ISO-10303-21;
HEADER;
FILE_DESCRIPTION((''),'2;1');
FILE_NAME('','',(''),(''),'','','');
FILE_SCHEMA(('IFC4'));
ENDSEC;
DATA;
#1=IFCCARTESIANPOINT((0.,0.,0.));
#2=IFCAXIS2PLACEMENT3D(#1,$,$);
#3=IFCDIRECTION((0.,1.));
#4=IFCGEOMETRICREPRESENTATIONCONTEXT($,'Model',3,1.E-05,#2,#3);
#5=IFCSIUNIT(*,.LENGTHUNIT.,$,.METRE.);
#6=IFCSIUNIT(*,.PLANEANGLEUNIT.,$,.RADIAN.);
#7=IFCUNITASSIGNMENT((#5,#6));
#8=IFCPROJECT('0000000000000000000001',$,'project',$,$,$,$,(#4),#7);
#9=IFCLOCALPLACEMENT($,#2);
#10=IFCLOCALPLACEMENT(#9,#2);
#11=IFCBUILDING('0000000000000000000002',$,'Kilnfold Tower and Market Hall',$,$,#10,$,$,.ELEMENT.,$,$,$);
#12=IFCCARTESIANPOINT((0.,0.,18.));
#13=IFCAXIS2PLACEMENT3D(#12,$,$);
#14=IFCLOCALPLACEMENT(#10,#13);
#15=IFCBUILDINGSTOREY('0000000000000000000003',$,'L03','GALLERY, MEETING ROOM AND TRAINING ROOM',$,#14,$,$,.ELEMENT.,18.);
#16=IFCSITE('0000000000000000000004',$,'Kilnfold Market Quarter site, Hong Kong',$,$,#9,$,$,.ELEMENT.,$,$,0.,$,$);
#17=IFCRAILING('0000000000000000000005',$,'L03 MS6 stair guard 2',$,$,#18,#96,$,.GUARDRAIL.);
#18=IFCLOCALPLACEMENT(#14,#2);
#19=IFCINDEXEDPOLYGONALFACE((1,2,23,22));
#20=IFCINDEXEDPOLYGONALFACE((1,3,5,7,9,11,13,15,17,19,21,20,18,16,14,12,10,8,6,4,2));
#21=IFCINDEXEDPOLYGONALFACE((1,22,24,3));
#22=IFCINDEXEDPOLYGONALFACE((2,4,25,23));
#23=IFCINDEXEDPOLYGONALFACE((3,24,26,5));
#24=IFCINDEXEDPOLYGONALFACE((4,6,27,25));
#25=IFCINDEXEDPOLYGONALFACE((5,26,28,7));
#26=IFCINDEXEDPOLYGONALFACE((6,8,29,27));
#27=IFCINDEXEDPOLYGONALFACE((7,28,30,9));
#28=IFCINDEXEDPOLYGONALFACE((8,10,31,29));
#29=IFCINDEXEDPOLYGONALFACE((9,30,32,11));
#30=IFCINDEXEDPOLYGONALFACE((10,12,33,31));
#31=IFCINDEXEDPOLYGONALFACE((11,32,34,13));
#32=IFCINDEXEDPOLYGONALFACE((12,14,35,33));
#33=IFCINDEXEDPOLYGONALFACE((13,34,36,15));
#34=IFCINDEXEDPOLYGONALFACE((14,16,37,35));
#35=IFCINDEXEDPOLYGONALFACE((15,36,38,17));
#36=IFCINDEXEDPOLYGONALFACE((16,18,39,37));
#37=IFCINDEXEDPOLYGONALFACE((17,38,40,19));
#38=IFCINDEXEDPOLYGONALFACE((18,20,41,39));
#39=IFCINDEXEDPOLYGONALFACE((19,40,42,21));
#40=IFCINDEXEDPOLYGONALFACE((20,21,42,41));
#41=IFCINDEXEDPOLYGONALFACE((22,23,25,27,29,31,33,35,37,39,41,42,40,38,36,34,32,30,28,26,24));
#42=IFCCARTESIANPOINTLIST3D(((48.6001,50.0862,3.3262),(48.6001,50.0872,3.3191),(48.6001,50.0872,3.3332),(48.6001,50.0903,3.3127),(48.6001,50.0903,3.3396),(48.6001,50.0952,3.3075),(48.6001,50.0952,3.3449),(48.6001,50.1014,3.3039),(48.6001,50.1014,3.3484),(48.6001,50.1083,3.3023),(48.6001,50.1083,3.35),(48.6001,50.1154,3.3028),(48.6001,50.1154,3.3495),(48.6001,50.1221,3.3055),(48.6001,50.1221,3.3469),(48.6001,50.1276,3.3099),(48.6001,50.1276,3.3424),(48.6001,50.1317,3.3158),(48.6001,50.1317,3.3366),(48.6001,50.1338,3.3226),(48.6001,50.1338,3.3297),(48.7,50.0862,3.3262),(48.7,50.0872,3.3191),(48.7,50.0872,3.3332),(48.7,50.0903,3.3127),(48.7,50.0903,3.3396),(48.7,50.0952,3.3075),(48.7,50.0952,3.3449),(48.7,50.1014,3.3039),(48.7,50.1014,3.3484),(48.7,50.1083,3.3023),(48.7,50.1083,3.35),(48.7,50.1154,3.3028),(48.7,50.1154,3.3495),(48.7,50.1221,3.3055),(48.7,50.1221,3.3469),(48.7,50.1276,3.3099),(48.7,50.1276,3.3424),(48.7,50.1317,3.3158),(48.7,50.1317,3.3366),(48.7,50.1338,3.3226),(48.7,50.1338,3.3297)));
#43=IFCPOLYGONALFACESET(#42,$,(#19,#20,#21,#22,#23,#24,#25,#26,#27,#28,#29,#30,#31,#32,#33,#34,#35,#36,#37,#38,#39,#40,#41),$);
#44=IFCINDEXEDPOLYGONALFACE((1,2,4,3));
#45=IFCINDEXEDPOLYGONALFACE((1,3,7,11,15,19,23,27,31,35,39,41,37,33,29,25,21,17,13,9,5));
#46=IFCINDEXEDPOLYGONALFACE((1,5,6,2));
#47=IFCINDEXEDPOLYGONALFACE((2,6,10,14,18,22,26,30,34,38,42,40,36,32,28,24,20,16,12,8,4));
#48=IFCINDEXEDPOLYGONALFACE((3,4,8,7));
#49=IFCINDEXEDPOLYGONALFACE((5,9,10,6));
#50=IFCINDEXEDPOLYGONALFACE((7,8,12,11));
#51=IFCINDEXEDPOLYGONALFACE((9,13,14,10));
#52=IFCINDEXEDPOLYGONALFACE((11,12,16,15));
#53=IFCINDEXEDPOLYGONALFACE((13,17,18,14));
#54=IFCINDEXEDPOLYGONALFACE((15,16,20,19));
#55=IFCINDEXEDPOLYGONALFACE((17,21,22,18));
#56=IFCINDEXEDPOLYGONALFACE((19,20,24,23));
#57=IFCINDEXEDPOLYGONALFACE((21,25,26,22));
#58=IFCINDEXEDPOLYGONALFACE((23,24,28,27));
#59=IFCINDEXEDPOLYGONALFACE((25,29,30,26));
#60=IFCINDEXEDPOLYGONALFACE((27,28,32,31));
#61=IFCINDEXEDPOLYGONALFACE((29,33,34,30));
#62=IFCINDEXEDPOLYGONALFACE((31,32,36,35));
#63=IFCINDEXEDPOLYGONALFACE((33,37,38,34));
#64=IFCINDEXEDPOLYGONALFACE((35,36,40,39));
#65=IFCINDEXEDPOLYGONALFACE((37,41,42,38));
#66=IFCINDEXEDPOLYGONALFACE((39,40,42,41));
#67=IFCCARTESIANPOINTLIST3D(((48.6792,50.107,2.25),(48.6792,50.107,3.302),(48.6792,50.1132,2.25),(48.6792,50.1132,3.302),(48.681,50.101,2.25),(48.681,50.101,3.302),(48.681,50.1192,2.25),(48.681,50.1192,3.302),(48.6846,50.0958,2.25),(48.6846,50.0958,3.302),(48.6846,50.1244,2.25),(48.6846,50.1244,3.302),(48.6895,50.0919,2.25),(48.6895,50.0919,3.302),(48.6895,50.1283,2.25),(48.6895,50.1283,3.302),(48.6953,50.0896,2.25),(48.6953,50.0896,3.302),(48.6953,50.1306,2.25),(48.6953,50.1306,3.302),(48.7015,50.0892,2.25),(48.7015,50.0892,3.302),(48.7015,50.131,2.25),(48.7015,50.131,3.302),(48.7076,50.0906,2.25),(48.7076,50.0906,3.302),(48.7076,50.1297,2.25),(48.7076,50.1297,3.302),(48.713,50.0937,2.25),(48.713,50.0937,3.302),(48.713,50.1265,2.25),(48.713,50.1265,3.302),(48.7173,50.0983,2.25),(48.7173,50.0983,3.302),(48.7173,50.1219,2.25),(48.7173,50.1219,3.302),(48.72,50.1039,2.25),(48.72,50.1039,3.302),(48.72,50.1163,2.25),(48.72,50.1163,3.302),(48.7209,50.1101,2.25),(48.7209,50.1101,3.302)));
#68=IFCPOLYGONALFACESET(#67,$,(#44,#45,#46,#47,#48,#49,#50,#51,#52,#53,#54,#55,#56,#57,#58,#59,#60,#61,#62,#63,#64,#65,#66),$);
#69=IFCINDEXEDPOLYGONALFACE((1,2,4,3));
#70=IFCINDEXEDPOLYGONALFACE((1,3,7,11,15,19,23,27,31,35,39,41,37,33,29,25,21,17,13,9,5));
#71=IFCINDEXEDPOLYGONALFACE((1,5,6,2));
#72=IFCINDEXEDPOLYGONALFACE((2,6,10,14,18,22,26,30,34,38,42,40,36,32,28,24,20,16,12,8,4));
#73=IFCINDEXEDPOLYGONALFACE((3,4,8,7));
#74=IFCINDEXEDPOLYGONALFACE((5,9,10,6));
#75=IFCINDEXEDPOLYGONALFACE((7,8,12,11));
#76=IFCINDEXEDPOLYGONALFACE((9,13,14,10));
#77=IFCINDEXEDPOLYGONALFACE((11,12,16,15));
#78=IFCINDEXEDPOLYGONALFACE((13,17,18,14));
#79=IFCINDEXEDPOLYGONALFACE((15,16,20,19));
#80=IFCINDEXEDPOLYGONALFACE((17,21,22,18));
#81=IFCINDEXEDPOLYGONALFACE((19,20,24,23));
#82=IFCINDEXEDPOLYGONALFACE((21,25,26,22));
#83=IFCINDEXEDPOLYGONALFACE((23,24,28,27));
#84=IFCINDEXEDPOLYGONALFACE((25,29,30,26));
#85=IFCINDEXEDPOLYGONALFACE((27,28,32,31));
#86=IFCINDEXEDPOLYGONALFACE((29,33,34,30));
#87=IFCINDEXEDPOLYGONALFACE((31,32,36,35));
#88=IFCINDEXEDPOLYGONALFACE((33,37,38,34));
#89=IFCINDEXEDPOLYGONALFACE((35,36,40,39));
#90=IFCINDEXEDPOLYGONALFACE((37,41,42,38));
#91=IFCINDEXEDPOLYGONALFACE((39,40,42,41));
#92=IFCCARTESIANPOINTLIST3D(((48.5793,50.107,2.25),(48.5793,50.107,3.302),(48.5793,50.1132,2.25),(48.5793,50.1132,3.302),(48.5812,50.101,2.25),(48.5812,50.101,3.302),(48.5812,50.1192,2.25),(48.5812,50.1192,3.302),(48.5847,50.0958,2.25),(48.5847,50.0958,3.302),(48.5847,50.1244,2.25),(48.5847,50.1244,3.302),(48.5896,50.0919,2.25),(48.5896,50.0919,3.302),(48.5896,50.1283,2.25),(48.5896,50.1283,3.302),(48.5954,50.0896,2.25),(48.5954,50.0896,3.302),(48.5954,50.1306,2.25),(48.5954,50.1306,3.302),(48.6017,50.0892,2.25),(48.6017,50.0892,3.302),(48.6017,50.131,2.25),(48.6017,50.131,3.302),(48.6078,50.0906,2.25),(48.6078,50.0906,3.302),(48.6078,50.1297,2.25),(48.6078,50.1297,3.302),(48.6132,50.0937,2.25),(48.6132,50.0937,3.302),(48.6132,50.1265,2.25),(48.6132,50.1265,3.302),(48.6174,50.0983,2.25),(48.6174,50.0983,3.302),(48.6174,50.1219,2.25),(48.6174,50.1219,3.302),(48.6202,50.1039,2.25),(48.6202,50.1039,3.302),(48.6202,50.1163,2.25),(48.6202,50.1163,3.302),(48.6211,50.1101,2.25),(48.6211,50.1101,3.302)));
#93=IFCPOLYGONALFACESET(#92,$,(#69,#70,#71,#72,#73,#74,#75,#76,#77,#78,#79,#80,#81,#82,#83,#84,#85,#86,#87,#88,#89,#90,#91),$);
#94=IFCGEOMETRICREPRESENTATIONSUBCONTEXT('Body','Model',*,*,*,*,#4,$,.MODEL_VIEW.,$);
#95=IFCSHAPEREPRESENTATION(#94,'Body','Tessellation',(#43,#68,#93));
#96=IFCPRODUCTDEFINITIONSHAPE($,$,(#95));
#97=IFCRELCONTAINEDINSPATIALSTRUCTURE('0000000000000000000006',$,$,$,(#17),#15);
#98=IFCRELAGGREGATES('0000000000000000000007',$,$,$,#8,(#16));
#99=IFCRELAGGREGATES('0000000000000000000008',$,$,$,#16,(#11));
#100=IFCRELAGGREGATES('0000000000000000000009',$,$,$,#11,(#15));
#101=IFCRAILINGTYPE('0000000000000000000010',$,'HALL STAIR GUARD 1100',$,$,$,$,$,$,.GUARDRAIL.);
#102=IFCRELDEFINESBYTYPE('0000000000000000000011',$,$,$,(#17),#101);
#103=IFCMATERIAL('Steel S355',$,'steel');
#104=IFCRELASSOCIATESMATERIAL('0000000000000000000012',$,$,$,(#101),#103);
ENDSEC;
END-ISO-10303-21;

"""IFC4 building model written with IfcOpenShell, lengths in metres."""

from ifc_helpers import new_model, si_unit, direction, frame, origin, origin_2d, place, context, subcontext, project, spatial, circle, extrude, material, type_object, element, save


model = new_model("IFC4")

# Units and contexts
model_context = context("Model", 3, precision=1e-05, world=origin(), true_north=direction((0.0, 1.0)))
body_context = subcontext(model_context, "Body", "Model", "MODEL_VIEW")
ifc_project = project(units=[si_unit("LENGTHUNIT", "METRE"), si_unit("PLANEANGLEUNIT", "RADIAN")], contexts=[model_context])

# Site, building, storey
site_placement = place(None, origin())
site = spatial("IfcSite", under=ifc_project, at=site_placement, Name="Kilnfold Market Quarter site, Hong Kong", CompositionType="ELEMENT", RefElevation=0.0)
building_placement = place(site_placement, origin())
building = spatial("IfcBuilding", under=site, at=building_placement, Name="Kilnfold Tower and Market Hall", CompositionType="ELEMENT")
storey_placement = place(building_placement, frame((0.0, 0.0, 18.0)))
storey = spatial("IfcBuildingStorey", under=building, at=storey_placement, Name="L03", Description="GALLERY, MEETING ROOM AND TRAINING ROOM", CompositionType="ELEMENT", Elevation=18.0)

# Railing
ifc_material_1 = material(Name="Steel S355", Category="steel")
railing_type_1 = type_object("IfcRailingType", Name="HALL STAIR GUARD 1100", PredefinedType="GUARDRAIL", material=ifc_material_1)
railing_1_placement = place(storey_placement, frame((48.7, 50.1101, 2.25)))
element("IfcRailing", 1, at=railing_1_placement, inside=storey, type_object=railing_type_1, Name="L03 MS6 stair guard 2", PredefinedType="GUARDRAIL", context=body_context, shape_type="SweptSolid", body=[
    extrude(circle(Radius=0.0239, at=origin_2d()), frame((0.0, 0.0, 1.0762), z_axis=(-1.0, 0.0, 0.0), x_axis=(0.0, -1.0, 0.0)), (0.0, 0.0, 1.0), 0.0999),
    extrude(circle(Radius=0.021, at=origin_2d()), origin(), (0.0, 0.0, 1.0), 1.052),
    extrude(circle(Radius=0.021, at=origin_2d()), frame((-0.0999, 0.0, 0.0)), (0.0, 0.0, 1.0), 1.052),
])

save(model, "model.ifc")
